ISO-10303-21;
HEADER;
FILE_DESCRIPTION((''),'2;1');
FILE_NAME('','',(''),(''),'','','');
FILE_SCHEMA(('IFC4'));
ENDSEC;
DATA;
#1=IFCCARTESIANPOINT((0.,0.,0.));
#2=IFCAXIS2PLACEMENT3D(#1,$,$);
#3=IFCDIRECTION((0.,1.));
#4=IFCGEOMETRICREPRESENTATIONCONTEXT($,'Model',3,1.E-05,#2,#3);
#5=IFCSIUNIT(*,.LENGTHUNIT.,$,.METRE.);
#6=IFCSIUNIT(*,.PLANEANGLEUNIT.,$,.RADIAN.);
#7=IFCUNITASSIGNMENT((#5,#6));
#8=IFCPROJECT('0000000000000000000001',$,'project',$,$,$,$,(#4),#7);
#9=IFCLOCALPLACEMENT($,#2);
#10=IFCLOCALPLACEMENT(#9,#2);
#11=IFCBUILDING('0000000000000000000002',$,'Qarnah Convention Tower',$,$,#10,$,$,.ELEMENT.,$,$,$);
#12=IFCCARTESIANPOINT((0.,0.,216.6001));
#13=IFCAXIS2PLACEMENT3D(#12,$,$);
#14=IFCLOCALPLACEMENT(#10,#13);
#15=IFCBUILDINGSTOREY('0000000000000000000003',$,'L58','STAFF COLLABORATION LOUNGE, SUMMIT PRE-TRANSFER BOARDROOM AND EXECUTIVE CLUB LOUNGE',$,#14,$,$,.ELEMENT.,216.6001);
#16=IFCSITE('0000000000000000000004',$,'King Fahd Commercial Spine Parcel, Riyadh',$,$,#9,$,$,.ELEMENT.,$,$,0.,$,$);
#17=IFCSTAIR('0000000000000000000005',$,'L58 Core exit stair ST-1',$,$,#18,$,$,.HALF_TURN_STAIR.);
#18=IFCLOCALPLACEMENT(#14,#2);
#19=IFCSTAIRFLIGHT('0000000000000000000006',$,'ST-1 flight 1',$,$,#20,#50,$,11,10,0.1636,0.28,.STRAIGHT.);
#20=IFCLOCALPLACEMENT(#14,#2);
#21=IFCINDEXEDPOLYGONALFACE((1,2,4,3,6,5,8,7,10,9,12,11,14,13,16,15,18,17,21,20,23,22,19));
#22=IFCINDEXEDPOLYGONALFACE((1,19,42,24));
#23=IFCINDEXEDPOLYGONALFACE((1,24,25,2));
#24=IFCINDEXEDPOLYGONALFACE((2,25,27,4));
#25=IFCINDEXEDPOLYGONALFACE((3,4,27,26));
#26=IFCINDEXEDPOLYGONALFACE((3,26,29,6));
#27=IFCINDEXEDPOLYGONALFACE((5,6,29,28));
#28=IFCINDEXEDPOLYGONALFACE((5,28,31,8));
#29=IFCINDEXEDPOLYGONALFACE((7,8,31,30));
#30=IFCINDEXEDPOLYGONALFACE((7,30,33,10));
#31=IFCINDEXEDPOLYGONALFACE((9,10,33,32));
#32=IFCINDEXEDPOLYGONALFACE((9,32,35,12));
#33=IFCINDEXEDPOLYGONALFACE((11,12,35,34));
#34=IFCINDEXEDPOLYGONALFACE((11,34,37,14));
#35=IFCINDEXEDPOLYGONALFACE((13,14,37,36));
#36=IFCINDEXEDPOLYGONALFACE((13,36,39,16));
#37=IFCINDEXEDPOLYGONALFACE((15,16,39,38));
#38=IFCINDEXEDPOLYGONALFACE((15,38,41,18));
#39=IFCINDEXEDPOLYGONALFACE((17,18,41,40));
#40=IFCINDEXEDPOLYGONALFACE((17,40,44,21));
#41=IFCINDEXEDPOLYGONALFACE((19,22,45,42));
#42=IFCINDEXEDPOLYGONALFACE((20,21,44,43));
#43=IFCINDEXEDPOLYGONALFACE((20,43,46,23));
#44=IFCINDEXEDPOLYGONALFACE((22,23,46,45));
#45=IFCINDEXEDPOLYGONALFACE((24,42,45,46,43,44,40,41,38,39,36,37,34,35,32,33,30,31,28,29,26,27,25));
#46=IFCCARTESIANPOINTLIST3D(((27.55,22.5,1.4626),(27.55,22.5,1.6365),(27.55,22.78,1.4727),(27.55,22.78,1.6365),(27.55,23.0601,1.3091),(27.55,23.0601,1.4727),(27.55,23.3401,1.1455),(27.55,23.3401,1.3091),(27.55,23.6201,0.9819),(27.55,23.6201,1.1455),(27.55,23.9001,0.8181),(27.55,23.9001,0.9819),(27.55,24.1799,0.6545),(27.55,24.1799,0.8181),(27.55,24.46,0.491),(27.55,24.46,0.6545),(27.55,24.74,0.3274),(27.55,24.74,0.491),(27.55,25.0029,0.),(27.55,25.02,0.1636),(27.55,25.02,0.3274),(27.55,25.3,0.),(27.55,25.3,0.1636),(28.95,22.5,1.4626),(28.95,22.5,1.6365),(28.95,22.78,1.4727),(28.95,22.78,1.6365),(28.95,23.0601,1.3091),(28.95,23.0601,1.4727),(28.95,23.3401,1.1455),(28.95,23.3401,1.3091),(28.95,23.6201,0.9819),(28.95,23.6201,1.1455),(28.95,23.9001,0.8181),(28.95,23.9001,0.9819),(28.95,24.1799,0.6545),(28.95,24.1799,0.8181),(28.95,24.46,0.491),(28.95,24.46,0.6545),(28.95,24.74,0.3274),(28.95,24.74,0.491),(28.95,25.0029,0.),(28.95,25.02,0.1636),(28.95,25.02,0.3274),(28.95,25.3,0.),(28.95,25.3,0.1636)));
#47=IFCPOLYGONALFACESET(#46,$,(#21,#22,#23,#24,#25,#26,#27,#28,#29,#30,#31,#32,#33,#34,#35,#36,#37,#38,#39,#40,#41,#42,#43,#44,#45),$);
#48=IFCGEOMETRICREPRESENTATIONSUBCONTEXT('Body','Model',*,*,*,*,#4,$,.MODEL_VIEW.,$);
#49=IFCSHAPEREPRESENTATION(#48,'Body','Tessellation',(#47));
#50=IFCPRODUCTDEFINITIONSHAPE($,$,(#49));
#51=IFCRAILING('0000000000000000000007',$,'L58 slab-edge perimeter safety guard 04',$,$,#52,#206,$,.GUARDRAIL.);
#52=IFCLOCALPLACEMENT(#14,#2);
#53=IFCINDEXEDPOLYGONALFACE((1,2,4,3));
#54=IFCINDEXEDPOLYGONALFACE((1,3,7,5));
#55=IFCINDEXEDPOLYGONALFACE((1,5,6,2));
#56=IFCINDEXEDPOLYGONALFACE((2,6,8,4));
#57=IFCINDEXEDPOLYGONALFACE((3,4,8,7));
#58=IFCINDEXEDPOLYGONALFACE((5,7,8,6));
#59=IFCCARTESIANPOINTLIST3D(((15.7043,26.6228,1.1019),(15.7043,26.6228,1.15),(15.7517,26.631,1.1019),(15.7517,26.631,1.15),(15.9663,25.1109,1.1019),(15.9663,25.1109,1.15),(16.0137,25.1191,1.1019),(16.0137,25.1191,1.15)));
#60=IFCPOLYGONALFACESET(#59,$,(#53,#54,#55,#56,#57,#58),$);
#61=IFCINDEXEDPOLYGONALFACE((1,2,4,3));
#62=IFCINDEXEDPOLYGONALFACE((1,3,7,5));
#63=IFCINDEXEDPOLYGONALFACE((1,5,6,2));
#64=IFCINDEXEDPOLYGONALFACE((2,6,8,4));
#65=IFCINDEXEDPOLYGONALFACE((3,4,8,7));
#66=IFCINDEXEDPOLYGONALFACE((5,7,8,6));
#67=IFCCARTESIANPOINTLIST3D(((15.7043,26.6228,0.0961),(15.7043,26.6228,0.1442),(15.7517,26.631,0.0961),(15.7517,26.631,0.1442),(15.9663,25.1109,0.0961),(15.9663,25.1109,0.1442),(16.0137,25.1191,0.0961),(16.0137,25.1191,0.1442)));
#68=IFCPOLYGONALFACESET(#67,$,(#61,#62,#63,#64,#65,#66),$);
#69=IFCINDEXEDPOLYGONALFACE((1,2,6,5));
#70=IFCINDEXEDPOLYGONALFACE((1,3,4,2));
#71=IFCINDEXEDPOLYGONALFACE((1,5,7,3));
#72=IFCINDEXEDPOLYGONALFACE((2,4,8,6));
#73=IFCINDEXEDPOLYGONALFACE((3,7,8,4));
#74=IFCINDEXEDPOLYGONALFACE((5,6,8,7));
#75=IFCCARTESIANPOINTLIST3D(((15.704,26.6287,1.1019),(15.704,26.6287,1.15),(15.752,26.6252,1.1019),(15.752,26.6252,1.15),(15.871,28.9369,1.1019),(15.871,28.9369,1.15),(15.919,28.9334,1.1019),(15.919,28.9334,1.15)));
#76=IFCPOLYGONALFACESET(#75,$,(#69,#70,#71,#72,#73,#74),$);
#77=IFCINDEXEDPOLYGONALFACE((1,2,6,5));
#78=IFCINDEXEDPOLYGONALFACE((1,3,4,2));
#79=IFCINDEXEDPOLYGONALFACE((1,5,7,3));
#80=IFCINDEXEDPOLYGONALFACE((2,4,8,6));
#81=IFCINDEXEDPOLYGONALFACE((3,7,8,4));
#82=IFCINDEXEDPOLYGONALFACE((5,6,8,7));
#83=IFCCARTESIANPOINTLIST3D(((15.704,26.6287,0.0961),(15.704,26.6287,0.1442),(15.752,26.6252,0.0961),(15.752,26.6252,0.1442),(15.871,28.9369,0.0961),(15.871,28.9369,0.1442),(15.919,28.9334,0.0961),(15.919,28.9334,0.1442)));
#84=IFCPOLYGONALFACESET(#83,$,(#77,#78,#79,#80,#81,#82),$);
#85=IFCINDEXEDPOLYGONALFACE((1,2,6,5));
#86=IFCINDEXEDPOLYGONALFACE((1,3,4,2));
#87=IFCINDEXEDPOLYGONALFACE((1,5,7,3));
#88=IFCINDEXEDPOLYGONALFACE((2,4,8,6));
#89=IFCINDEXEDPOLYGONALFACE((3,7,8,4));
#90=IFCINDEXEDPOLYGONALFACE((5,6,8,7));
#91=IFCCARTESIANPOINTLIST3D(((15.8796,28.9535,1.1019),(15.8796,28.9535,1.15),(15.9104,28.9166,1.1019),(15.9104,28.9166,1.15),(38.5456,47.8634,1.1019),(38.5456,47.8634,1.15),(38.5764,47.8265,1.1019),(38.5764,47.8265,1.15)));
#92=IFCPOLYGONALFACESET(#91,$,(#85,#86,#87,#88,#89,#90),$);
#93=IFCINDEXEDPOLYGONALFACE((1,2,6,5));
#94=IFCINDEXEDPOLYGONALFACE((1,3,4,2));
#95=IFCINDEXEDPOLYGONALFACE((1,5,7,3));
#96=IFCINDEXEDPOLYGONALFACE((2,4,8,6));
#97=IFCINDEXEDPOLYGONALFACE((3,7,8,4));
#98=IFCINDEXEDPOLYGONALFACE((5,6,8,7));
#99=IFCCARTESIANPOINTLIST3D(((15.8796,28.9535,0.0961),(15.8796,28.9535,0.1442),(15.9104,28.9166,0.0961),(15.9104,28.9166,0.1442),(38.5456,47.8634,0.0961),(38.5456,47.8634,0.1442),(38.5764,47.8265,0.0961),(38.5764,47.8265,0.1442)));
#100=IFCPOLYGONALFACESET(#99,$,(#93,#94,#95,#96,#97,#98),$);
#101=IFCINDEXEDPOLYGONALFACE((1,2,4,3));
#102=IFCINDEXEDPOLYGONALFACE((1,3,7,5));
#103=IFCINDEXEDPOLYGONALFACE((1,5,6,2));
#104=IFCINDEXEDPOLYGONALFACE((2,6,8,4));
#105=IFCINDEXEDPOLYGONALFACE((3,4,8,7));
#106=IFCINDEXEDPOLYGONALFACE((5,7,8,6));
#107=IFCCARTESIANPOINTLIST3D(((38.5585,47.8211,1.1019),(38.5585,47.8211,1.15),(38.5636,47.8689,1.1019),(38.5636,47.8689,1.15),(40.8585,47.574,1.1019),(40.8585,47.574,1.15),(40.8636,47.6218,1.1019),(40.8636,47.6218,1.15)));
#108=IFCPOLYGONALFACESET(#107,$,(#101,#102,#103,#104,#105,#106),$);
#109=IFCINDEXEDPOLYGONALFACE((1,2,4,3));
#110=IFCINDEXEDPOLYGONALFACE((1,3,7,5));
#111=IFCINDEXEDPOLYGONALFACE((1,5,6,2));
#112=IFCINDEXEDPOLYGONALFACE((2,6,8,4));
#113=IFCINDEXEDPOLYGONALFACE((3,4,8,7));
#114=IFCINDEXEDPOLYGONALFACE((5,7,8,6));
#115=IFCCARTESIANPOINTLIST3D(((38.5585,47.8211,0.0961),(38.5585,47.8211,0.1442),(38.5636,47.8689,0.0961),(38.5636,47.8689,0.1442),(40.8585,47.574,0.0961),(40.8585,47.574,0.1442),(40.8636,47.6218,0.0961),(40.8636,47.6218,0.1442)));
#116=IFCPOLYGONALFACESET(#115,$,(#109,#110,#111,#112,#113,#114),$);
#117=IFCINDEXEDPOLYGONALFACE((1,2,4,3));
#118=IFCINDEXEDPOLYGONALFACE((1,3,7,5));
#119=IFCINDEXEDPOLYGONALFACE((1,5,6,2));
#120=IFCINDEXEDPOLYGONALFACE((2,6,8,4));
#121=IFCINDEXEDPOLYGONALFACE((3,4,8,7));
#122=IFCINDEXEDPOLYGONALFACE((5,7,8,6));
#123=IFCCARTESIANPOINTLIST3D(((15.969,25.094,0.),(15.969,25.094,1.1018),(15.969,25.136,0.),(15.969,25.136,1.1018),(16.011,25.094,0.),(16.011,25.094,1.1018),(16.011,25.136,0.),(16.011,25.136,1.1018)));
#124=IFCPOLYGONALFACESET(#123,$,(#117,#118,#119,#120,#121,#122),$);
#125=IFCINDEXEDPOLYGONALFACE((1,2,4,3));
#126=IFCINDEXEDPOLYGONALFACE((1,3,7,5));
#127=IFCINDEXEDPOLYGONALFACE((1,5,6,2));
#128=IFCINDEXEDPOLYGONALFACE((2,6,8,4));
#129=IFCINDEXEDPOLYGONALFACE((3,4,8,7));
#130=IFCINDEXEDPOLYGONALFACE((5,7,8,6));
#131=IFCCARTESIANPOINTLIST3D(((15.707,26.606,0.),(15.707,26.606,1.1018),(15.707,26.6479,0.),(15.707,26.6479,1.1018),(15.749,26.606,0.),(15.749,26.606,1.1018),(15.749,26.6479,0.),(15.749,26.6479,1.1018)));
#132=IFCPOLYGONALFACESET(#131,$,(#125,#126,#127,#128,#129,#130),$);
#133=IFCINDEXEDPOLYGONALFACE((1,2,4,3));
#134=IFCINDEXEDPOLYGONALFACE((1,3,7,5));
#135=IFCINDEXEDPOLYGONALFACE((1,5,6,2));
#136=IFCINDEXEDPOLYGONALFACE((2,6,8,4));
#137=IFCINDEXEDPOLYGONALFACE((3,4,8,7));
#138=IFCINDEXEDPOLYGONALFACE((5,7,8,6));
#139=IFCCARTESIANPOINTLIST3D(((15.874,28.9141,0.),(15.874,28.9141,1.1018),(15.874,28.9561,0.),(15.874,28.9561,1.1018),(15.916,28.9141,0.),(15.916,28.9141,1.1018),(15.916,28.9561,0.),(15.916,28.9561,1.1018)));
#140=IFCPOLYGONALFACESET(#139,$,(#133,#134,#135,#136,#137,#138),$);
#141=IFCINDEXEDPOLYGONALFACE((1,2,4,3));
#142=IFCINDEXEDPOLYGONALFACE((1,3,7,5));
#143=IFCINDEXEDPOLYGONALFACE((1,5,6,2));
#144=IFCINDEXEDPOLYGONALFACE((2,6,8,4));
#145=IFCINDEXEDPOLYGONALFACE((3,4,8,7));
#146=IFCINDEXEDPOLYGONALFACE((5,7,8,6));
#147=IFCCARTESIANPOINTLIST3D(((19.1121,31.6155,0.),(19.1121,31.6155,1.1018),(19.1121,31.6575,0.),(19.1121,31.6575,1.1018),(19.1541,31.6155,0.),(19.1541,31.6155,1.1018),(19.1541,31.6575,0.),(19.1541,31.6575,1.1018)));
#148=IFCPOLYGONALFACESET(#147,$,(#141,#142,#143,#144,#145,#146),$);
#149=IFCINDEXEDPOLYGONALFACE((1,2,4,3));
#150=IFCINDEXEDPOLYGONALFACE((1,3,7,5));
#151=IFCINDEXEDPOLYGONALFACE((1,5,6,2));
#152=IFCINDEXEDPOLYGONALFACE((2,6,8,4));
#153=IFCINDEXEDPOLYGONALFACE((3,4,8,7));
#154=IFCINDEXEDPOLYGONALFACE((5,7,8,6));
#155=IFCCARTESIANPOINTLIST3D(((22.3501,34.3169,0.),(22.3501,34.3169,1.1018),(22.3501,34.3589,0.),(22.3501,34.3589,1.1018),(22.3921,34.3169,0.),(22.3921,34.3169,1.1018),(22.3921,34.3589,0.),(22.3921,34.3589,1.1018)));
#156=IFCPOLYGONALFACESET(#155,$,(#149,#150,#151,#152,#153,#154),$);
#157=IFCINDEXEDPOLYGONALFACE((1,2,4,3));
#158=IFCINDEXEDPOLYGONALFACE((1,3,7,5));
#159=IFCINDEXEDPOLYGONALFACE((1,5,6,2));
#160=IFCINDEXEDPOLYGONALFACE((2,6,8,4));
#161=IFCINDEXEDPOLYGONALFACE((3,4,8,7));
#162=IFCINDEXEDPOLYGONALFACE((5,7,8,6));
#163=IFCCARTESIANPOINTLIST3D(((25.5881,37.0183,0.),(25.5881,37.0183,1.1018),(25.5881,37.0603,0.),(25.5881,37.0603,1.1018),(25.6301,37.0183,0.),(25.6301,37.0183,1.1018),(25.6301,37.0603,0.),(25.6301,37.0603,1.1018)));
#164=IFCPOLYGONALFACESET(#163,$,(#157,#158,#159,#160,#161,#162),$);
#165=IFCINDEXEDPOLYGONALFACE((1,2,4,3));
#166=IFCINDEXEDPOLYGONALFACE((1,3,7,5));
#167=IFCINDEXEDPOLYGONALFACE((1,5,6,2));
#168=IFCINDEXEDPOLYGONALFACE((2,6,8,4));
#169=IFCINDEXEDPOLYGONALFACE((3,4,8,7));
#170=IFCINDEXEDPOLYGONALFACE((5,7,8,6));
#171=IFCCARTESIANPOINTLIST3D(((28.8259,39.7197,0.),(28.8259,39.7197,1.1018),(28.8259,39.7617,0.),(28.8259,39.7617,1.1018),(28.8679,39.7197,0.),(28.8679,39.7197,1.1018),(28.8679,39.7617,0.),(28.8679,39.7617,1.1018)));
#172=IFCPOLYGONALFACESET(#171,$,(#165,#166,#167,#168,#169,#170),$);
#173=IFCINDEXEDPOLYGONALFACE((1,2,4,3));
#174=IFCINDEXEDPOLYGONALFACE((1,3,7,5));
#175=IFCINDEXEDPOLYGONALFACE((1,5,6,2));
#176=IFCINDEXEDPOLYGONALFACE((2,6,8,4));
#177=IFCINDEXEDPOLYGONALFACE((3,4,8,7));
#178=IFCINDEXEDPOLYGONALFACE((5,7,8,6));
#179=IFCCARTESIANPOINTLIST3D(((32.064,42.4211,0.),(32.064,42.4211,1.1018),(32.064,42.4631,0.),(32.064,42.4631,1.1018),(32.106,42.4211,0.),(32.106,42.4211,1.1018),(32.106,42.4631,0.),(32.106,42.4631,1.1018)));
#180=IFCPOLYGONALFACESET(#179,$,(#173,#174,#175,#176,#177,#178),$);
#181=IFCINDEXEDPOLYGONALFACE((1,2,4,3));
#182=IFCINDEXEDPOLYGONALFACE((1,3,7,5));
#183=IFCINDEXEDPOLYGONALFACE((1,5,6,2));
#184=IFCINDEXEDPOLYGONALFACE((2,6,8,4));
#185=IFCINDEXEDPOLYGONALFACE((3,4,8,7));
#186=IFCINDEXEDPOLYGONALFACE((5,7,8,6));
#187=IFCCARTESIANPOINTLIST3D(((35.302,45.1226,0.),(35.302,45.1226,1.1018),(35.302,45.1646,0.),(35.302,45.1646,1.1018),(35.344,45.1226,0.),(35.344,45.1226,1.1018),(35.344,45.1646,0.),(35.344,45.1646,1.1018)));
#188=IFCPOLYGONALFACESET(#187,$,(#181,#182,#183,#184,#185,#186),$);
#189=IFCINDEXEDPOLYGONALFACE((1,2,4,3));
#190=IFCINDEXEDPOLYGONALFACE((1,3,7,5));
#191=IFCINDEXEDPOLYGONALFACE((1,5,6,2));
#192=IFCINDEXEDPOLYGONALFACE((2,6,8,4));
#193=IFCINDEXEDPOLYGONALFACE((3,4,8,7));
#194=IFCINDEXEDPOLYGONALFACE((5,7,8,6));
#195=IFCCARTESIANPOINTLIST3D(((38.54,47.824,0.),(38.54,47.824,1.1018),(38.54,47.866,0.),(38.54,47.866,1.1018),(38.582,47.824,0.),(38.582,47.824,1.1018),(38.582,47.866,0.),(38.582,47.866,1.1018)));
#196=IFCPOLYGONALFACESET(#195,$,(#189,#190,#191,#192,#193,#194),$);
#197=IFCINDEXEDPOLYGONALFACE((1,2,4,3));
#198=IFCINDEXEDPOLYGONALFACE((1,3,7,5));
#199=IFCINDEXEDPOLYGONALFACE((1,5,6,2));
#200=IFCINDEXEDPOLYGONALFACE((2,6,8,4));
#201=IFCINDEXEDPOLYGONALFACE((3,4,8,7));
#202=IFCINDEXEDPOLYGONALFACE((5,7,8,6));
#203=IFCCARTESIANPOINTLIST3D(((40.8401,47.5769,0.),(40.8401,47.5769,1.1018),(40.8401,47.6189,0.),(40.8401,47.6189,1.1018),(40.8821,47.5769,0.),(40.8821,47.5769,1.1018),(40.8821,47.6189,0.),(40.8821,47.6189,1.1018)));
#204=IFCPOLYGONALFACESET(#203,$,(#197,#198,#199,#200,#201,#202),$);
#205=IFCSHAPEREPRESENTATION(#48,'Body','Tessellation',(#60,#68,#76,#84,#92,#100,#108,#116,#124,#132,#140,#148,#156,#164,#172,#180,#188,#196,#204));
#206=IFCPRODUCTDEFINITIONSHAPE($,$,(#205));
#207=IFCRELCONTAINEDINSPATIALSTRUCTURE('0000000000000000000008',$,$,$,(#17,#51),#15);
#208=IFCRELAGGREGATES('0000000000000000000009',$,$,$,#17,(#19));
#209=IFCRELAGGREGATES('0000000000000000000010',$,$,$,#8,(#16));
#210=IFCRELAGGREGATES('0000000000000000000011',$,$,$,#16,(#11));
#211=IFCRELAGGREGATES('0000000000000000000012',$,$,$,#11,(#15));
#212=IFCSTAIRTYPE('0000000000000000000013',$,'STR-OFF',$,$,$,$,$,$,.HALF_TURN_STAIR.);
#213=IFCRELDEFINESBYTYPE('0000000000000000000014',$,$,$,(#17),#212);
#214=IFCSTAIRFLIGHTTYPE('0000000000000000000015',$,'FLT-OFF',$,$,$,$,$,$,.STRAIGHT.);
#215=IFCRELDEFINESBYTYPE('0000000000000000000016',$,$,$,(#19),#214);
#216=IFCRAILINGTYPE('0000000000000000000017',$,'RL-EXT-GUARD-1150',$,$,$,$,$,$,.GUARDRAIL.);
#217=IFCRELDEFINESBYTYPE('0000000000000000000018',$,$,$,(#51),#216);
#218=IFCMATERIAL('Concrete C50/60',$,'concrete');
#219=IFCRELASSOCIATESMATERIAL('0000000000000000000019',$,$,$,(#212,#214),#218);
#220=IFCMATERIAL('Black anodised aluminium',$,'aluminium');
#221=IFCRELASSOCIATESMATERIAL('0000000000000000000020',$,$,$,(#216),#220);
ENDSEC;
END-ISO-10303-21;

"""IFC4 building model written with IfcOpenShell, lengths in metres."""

from ifc_helpers import new_model, si_unit, direction, frame, origin, origin_2d, place, context, subcontext, project, spatial, polyline, rectangle, outline, extrude, material, type_object, element, aggregate, save


model = new_model("IFC4")

# Units and contexts
model_context = context("Model", 3, precision=1e-05, world=origin(), true_north=direction((0.0, 1.0)))
body_context = subcontext(model_context, "Body", "Model", "MODEL_VIEW")
ifc_project = project(units=[si_unit("LENGTHUNIT", "METRE"), si_unit("PLANEANGLEUNIT", "RADIAN")], contexts=[model_context])

# Site, building, storey
site_placement = place(None, origin())
site = spatial("IfcSite", under=ifc_project, at=site_placement, Name="King Fahd Commercial Spine Parcel, Riyadh", CompositionType="ELEMENT", RefElevation=0.0)
building_placement = place(site_placement, origin())
building = spatial("IfcBuilding", under=site, at=building_placement, Name="Qarnah Convention Tower", CompositionType="ELEMENT")
storey_placement = place(building_placement, frame((0.0, 0.0, 216.6001)))
storey = spatial("IfcBuildingStorey", under=building, at=storey_placement, Name="L58", Description="STAFF COLLABORATION LOUNGE, SUMMIT PRE-TRANSFER BOARDROOM AND EXECUTIVE CLUB LOUNGE", CompositionType="ELEMENT", Elevation=216.6001)

# Shared definitions
ifc_material_1 = material(Name="Concrete C50/60", Category="concrete")

# Shared definitions
ifc_material_2 = material(Name="Black anodised aluminium", Category="aluminium")

# Stair, stair flight
stair_type = type_object("IfcStairType", Name="STR-OFF", PredefinedType="HALF_TURN_STAIR", material=ifc_material_1)
stair_placement = place(storey_placement, origin())
stair = element("IfcStair", 1, at=stair_placement, inside=storey, type_object=stair_type, Name="L58 Core exit stair ST-1", PredefinedType="HALF_TURN_STAIR")
stair_flight_type = type_object("IfcStairFlightType", Name="FLT-OFF", PredefinedType="STRAIGHT", material=ifc_material_1)
stair_flight_placement = place(storey_placement, frame((28.25, 25.3, 0.0), z_axis=(0.0, 0.0, 1.0), x_axis=(0.0, -1.0, 0.0)))
stair_flight = element("IfcStairFlight", 2, at=stair_flight_placement, type_object=stair_flight_type, Name="ST-1 flight 1", NumberOfRisers=11, NumberOfTreads=10, PredefinedType="STRAIGHT", RiserHeight=0.1636, TreadLength=0.28, context=body_context, shape_type="SweptSolid", body=[
    extrude(outline(polyline([(0.0, 0.0), (0.0, 0.1636), (0.28, 0.1636), (0.28, 0.3274), (0.5601, 0.3274), (0.5601, 0.491), (0.8401, 0.491), (0.8401, 0.6545), (1.1201, 0.6545), (1.1201, 0.8181), (1.3999, 0.8181), (1.3999, 0.9819), (1.6799, 0.9819), (1.6799, 1.1455), (1.96, 1.1455), (1.96, 1.3091), (2.24, 1.3091), (2.24, 1.4727), (2.52, 1.4727), (2.52, 1.6365), (2.8, 1.6365), (2.8, 1.8), (2.8, 1.4626), (0.2971, 0.0), (0.0, 0.0)])), frame((0.0, 0.7, 0.0), z_axis=(0.0, -1.0, 0.0), x_axis=(1.0, 0.0, 0.0)), (0.0, 0.0, 1.0), 1.3999),
])
aggregate(stair, [stair_flight])

# Railing
railing_type_1 = type_object("IfcRailingType", Name="RL-EXT-GUARD-1150", PredefinedType="GUARDRAIL", material=ifc_material_2)
railing_1_placement = place(storey_placement, frame((15.99, 25.115, 0.0)))
element("IfcRailing", 3, at=railing_1_placement, inside=storey, type_object=railing_type_1, Name="L58 slab-edge perimeter safety guard 04", PredefinedType="GUARDRAIL", context=body_context, shape_type="SweptSolid", body=[
    extrude(rectangle(XDim=0.0481, YDim=0.0481, at=origin_2d()), frame((0.0, 0.0, 1.126), z_axis=(-0.170717, 0.98532, 0.0), x_axis=(-0.98532, -0.170717, 0.0)), (0.0, 0.0, 1.0), 1.5344),
    extrude(rectangle(XDim=0.0481, YDim=0.0481, at=origin_2d()), frame((0.0, 0.0, 0.1201), z_axis=(-0.170717, 0.98532, 0.0), x_axis=(-0.98532, -0.170717, 0.0)), (0.0, 0.0, 1.0), 1.5344),
    extrude(rectangle(XDim=0.0481, YDim=0.0481, at=origin_2d()), frame((-0.262, 1.512, 1.126), z_axis=(0.072162, 0.997393, 0.0), x_axis=(-0.997393, 0.072162, 0.0)), (0.0, 0.0, 1.0), 2.3142),
    extrude(rectangle(XDim=0.0481, YDim=0.0481, at=origin_2d()), frame((-0.262, 1.512, 0.1201), z_axis=(0.072162, 0.997393, 0.0), x_axis=(-0.997393, 0.072162, 0.0)), (0.0, 0.0, 1.0), 2.3142),
    extrude(rectangle(XDim=0.0481, YDim=0.0481, at=origin_2d()), frame((-0.095, 3.8201, 1.126), z_axis=(0.767862, 0.640615, 0.0), x_axis=(-0.640615, 0.767862, 0.0)), (0.0, 0.0, 1.0), 29.5183),
    extrude(rectangle(XDim=0.0481, YDim=0.0481, at=origin_2d()), frame((-0.095, 3.8201, 0.1201), z_axis=(0.767862, 0.640615, 0.0), x_axis=(-0.640615, 0.767862, 0.0)), (0.0, 0.0, 1.0), 29.5183),
    extrude(rectangle(XDim=0.0481, YDim=0.0481, at=origin_2d()), frame((22.571, 22.73, 1.126), z_axis=(0.99428, -0.106805, 0.0), x_axis=(0.106805, 0.99428, 0.0)), (0.0, 0.0, 1.0), 2.3132),
    extrude(rectangle(XDim=0.0481, YDim=0.0481, at=origin_2d()), frame((22.571, 22.73, 0.1201), z_axis=(0.99428, -0.106805, 0.0), x_axis=(0.106805, 0.99428, 0.0)), (0.0, 0.0, 1.0), 2.3132),
    extrude(rectangle(XDim=0.042, YDim=0.042, at=origin_2d()), origin(), (0.0, 0.0, 1.0), 1.1018),
    extrude(rectangle(XDim=0.042, YDim=0.042, at=origin_2d()), frame((-0.262, 1.512, 0.0)), (0.0, 0.0, 1.0), 1.1018),
    extrude(rectangle(XDim=0.042, YDim=0.042, at=origin_2d()), frame((-0.095, 3.8201, 0.0)), (0.0, 0.0, 1.0), 1.1018),
    extrude(rectangle(XDim=0.042, YDim=0.042, at=origin_2d()), frame((3.1431, 6.5215, 0.0)), (0.0, 0.0, 1.0), 1.1018),
    extrude(rectangle(XDim=0.042, YDim=0.042, at=origin_2d()), frame((6.3811, 9.2229, 0.0)), (0.0, 0.0, 1.0), 1.1018),
    extrude(rectangle(XDim=0.042, YDim=0.042, at=origin_2d()), frame((9.6191, 11.9243, 0.0)), (0.0, 0.0, 1.0), 1.1018),
    extrude(rectangle(XDim=0.042, YDim=0.042, at=origin_2d()), frame((12.8569, 14.6257, 0.0)), (0.0, 0.0, 1.0), 1.1018),
    extrude(rectangle(XDim=0.042, YDim=0.042, at=origin_2d()), frame((16.095, 17.3271, 0.0)), (0.0, 0.0, 1.0), 1.1018),
    extrude(rectangle(XDim=0.042, YDim=0.042, at=origin_2d()), frame((19.333, 20.0286, 0.0)), (0.0, 0.0, 1.0), 1.1018),
    extrude(rectangle(XDim=0.042, YDim=0.042, at=origin_2d()), frame((22.571, 22.73, 0.0)), (0.0, 0.0, 1.0), 1.1018),
    extrude(rectangle(XDim=0.042, YDim=0.042, at=origin_2d()), frame((24.8711, 22.4829, 0.0)), (0.0, 0.0, 1.0), 1.1018),
])

save(model, "model.ifc")
